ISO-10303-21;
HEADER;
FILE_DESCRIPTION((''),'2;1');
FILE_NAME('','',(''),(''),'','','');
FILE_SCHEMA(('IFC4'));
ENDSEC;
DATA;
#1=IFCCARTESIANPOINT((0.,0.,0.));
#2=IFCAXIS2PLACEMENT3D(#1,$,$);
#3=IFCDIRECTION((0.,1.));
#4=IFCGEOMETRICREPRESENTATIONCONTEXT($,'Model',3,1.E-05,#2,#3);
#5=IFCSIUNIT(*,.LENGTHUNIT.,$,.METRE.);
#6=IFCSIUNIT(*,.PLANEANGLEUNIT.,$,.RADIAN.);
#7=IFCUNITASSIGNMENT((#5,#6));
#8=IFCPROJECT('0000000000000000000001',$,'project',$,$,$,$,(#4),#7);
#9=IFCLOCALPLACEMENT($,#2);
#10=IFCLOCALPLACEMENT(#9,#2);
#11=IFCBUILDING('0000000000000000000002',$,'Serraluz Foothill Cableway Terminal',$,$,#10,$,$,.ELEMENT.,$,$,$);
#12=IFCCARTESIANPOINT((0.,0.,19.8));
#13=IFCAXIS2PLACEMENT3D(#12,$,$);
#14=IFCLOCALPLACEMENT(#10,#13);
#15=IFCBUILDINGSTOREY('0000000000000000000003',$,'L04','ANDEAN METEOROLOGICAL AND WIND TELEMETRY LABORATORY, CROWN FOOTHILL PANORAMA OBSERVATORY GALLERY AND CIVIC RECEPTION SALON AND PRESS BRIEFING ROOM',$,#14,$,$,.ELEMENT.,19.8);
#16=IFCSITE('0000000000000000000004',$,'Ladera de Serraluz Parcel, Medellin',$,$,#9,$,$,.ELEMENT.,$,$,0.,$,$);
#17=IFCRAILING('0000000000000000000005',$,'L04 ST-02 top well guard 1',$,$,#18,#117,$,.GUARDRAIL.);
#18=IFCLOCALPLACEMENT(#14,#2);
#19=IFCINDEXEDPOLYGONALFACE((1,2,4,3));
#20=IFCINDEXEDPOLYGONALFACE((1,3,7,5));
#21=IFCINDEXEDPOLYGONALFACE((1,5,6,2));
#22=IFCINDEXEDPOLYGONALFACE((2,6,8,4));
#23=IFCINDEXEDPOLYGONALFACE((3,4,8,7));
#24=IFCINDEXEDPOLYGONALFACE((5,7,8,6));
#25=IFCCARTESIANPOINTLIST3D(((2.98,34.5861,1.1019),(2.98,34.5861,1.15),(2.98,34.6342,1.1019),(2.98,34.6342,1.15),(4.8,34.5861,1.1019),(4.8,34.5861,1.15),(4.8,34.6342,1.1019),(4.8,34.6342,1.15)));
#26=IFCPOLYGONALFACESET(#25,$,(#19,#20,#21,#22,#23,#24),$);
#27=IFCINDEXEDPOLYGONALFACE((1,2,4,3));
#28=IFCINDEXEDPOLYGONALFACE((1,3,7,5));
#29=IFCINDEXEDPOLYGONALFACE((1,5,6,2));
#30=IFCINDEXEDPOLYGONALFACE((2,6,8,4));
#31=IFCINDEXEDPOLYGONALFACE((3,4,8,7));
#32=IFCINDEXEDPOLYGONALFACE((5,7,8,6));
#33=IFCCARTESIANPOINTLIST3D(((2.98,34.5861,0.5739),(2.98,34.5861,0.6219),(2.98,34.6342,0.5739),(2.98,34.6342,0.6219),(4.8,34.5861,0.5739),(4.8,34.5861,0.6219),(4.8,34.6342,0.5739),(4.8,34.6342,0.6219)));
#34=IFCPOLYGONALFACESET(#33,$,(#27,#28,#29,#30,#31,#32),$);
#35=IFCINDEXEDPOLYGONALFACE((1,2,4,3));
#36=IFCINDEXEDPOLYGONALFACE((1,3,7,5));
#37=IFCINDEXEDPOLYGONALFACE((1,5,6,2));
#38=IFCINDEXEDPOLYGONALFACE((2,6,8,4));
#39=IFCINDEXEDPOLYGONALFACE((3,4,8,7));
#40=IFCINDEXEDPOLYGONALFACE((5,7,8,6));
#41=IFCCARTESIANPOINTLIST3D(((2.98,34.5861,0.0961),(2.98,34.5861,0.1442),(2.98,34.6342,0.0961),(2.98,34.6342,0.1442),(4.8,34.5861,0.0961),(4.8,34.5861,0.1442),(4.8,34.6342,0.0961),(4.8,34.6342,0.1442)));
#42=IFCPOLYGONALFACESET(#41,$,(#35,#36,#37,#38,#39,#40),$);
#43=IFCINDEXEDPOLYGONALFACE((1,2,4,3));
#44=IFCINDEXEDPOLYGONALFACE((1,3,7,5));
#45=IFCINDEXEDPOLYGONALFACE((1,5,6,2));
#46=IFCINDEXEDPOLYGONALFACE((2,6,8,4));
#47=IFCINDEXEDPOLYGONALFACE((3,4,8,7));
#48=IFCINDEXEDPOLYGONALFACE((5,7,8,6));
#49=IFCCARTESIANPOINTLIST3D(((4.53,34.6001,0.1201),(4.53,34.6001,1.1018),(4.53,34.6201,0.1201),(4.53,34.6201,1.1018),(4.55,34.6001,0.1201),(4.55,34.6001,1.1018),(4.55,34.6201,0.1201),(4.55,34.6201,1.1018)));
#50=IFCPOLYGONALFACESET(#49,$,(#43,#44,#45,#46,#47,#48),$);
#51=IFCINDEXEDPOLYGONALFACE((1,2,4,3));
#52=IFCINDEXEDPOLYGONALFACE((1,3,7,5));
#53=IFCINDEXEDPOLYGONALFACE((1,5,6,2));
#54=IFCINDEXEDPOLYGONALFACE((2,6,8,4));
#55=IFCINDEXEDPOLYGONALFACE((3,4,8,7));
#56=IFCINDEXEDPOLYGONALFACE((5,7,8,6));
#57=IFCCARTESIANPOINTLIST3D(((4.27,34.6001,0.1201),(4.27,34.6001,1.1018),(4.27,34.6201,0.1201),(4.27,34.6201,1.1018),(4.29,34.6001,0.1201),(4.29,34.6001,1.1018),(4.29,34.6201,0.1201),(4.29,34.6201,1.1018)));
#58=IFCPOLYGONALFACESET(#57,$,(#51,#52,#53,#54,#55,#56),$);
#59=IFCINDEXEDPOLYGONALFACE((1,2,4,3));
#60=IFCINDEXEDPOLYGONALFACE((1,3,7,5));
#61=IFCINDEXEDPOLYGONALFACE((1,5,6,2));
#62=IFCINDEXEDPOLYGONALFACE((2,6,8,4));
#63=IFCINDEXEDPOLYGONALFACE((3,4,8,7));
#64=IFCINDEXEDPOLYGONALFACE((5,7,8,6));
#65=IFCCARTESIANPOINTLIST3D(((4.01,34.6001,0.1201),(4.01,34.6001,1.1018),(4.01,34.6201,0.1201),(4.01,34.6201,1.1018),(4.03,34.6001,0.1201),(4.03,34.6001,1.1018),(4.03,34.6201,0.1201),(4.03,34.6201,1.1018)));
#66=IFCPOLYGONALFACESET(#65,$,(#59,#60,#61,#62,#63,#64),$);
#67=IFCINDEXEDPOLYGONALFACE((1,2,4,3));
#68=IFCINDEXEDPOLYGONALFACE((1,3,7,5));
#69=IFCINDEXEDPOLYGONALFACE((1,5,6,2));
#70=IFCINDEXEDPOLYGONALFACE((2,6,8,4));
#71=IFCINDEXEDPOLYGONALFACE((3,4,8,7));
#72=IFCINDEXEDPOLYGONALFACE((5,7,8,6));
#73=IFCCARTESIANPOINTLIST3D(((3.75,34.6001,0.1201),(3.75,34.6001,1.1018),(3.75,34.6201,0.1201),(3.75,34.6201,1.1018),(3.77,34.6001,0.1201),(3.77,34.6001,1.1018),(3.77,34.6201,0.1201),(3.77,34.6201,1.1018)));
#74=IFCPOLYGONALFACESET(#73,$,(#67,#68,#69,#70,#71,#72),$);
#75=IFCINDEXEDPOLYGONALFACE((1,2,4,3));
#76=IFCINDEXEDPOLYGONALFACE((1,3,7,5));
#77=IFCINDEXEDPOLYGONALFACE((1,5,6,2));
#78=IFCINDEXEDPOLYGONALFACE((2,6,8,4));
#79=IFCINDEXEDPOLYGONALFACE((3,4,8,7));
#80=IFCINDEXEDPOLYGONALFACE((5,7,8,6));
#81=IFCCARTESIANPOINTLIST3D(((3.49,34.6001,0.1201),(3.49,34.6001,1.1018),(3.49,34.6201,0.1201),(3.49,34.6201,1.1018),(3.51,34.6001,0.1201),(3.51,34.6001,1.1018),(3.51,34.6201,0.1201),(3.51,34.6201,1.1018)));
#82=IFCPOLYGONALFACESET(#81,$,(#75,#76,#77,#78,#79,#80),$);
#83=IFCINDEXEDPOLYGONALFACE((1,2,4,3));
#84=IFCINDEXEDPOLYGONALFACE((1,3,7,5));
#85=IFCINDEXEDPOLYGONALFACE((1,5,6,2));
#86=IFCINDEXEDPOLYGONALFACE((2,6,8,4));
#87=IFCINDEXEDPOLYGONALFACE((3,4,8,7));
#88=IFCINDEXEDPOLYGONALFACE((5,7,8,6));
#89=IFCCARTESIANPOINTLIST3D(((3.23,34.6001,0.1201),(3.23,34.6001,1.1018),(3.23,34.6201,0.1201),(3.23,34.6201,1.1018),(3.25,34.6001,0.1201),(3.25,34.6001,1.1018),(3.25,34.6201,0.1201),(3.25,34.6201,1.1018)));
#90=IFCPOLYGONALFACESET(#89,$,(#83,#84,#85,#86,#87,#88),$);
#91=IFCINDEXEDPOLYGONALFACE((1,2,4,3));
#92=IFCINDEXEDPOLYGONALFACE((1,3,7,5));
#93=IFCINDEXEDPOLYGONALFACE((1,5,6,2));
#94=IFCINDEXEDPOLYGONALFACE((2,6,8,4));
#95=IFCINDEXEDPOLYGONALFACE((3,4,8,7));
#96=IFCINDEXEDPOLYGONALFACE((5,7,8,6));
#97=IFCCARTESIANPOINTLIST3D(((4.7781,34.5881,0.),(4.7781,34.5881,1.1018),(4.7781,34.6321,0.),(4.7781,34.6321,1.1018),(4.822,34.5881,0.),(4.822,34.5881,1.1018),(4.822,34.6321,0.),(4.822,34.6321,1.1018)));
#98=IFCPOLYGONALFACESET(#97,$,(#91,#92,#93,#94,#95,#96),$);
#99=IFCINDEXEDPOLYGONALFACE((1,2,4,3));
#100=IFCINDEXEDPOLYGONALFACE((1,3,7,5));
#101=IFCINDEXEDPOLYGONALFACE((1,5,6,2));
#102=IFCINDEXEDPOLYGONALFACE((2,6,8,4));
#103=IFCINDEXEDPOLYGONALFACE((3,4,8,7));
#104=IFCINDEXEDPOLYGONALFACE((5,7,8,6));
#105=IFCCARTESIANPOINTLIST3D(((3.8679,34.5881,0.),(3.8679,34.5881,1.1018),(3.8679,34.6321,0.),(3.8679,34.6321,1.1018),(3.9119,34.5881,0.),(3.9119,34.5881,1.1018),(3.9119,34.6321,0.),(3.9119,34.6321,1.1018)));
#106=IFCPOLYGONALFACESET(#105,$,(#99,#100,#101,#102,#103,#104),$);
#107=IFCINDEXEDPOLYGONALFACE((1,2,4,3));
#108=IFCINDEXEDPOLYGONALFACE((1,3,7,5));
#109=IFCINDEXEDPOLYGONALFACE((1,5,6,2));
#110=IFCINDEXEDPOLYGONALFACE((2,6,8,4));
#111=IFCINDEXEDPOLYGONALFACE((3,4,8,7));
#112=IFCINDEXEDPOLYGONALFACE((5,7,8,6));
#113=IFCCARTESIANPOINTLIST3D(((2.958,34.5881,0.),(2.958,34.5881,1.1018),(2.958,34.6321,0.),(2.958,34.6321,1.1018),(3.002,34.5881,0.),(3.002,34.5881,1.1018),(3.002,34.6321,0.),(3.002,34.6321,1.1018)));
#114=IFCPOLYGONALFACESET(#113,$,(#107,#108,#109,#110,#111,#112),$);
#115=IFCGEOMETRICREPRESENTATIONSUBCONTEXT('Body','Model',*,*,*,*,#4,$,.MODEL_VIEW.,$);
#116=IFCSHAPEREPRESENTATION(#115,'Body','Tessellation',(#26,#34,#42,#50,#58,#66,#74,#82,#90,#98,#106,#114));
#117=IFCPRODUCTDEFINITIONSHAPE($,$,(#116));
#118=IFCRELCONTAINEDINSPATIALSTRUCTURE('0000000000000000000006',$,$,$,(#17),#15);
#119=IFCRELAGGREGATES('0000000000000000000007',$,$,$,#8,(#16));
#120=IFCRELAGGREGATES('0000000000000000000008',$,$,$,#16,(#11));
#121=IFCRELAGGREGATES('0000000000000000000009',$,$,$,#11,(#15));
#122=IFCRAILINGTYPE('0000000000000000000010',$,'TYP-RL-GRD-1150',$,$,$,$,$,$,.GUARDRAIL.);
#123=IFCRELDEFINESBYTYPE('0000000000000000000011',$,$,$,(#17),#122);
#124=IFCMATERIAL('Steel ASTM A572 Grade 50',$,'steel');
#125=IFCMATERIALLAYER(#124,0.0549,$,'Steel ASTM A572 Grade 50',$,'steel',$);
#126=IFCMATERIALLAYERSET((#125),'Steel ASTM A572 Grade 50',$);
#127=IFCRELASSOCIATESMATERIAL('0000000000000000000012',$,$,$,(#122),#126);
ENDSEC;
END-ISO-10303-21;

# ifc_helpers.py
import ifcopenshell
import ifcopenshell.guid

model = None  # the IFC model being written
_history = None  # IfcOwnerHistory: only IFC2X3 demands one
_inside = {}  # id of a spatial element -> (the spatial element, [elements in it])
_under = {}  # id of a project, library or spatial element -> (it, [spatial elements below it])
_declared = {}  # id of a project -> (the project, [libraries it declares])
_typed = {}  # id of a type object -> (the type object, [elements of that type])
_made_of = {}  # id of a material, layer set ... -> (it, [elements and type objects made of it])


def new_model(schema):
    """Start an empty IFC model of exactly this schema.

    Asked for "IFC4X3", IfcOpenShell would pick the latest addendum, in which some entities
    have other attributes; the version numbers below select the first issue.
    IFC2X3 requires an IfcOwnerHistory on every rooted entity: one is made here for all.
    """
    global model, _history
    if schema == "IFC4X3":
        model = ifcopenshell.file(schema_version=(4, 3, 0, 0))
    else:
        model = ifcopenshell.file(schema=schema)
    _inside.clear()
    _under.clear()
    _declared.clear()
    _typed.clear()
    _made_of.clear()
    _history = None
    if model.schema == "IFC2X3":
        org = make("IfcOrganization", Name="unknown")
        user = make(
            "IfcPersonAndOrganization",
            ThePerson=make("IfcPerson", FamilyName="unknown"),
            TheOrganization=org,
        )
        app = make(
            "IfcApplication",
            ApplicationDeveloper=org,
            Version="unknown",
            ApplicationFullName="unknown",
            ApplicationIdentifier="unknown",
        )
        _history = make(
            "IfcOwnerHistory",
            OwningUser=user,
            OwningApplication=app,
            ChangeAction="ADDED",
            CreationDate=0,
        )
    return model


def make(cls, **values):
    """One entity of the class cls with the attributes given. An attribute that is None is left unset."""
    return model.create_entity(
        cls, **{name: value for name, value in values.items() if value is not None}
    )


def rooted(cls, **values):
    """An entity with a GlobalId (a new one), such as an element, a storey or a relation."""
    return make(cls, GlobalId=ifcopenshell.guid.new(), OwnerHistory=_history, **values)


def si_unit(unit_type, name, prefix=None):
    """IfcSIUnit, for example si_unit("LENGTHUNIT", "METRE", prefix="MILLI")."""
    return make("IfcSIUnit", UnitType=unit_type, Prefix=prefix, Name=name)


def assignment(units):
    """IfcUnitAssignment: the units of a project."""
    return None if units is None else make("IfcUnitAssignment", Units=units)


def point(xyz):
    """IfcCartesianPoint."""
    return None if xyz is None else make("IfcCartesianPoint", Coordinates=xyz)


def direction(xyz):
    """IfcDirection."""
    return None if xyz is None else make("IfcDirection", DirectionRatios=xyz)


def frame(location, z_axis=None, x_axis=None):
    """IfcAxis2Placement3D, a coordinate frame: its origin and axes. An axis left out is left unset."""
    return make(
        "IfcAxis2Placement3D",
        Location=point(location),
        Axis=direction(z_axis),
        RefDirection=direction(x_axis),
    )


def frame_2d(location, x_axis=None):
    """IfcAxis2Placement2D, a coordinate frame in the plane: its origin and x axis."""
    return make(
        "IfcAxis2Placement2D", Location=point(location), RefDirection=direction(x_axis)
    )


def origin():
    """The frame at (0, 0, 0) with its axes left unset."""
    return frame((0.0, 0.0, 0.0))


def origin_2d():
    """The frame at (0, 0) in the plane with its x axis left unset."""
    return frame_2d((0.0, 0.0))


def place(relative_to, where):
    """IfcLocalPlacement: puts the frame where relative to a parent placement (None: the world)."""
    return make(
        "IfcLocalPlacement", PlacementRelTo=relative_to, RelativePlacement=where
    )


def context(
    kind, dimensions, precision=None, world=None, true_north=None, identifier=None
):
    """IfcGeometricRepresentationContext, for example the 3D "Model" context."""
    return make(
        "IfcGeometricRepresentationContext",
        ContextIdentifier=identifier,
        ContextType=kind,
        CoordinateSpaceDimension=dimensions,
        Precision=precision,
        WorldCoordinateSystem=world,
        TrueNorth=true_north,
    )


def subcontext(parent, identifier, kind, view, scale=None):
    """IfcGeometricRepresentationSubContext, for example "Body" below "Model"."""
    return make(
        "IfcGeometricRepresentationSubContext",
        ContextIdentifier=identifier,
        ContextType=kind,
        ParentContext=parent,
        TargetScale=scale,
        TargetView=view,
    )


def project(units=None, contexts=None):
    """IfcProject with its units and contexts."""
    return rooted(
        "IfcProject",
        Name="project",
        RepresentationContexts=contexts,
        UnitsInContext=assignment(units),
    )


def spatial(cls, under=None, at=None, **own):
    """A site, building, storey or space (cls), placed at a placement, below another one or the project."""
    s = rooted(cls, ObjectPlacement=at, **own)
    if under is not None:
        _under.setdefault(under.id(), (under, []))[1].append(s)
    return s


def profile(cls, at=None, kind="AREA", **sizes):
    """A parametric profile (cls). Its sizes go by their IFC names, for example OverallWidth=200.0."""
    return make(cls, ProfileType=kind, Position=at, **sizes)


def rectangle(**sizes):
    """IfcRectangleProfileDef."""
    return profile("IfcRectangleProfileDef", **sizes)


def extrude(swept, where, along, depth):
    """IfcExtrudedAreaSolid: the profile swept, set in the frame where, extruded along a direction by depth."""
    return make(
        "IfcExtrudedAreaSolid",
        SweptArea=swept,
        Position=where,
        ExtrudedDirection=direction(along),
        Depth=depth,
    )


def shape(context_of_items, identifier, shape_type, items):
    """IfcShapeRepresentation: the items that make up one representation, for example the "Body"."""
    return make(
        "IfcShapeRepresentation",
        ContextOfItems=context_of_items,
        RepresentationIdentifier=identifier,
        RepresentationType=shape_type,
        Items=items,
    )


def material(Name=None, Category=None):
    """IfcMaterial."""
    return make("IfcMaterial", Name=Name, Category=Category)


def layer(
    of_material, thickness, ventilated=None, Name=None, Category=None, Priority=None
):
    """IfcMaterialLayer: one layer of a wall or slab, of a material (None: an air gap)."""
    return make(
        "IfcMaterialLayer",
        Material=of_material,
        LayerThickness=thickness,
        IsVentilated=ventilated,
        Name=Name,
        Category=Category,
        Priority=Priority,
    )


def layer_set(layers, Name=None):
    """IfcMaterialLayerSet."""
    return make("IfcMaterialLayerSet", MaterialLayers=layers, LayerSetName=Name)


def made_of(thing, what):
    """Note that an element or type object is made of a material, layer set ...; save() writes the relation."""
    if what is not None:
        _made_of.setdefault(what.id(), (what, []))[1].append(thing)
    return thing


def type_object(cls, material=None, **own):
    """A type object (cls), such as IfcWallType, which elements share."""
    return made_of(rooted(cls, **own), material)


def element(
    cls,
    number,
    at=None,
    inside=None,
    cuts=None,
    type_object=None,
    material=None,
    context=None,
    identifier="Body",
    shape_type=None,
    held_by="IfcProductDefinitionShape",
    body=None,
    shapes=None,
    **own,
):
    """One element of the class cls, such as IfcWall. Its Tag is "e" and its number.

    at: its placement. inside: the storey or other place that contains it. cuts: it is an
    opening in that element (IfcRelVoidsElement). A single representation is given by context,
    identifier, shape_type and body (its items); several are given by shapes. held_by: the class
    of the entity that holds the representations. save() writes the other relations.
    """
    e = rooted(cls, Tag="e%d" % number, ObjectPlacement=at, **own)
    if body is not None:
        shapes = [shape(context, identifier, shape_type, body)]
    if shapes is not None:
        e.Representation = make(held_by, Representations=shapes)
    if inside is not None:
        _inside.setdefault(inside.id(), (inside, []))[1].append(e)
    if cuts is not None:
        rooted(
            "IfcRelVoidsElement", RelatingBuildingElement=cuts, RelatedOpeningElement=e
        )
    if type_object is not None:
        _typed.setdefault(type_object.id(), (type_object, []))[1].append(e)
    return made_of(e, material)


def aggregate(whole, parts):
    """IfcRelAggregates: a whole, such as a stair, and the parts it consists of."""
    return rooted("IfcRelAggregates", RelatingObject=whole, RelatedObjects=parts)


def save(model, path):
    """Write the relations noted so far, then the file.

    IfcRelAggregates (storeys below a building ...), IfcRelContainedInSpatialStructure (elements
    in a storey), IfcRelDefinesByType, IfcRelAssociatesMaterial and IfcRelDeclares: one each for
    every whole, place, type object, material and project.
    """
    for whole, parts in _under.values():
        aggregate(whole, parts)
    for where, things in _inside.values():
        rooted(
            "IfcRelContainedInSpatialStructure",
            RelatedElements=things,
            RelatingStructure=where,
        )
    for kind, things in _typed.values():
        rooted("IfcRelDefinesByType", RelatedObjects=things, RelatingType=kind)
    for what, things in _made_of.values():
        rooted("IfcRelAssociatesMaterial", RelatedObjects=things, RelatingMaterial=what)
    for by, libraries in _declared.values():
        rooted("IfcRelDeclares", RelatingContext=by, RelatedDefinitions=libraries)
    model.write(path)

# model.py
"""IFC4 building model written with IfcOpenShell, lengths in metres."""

from ifc_helpers import new_model, si_unit, direction, frame, origin, origin_2d, place, context, subcontext, project, spatial, rectangle, extrude, material, layer, layer_set, type_object, element, save


model = new_model("IFC4")

# Units and contexts
model_context = context("Model", 3, precision=1e-05, world=origin(), true_north=direction((0.0, 1.0)))
body_context = subcontext(model_context, "Body", "Model", "MODEL_VIEW")
ifc_project = project(units=[si_unit("LENGTHUNIT", "METRE"), si_unit("PLANEANGLEUNIT", "RADIAN")], contexts=[model_context])

# Site, building, storey
site_placement = place(None, origin())
site = spatial("IfcSite", under=ifc_project, at=site_placement, Name="Ladera de Serraluz Parcel, Medellin", CompositionType="ELEMENT", RefElevation=0.0)
building_placement = place(site_placement, origin())
building = spatial("IfcBuilding", under=site, at=building_placement, Name="Serraluz Foothill Cableway Terminal", CompositionType="ELEMENT")
storey_placement = place(building_placement, frame((0.0, 0.0, 19.8)))
storey = spatial("IfcBuildingStorey", under=building, at=storey_placement, Name="L04", Description="ANDEAN METEOROLOGICAL AND WIND TELEMETRY LABORATORY, CROWN FOOTHILL PANORAMA OBSERVATORY GALLERY AND CIVIC RECEPTION SALON AND PRESS BRIEFING ROOM", CompositionType="ELEMENT", Elevation=19.8)

# Shared definitions
ifc_material_1 = material(Name="Steel ASTM A572 Grade 50", Category="steel")

# Railing
ifc_layer_1 = layer(ifc_material_1, 0.0549, Name="Steel ASTM A572 Grade 50", Category="steel")
ifc_layer_set_1 = layer_set([ifc_layer_1], Name="Steel ASTM A572 Grade 50")
railing_type = type_object("IfcRailingType", Name="TYP-RL-GRD-1150", PredefinedType="GUARDRAIL", material=ifc_layer_set_1)
railing_placement = place(storey_placement, frame((4.8, 34.6101, 0.0)))
element("IfcRailing", 1, at=railing_placement, inside=storey, type_object=railing_type, Name="L04 ST-02 top well guard 1", PredefinedType="GUARDRAIL", context=body_context, shape_type="SweptSolid", body=[
    extrude(rectangle(XDim=0.0481, YDim=0.0481, at=origin_2d()), frame((0.0, 0.0, 1.126), z_axis=(-1.0, 0.0, 0.0), x_axis=(0.0, -1.0, 0.0)), (0.0, 0.0, 1.0), 1.8201),
    extrude(rectangle(XDim=0.0481, YDim=0.0481, at=origin_2d()), frame((0.0, 0.0, 0.5979), z_axis=(-1.0, 0.0, 0.0), x_axis=(0.0, -1.0, 0.0)), (0.0, 0.0, 1.0), 1.8201),
    extrude(rectangle(XDim=0.0481, YDim=0.0481, at=origin_2d()), frame((0.0, 0.0, 0.1201), z_axis=(-1.0, 0.0, 0.0), x_axis=(0.0, -1.0, 0.0)), (0.0, 0.0, 1.0), 1.8201),
    extrude(rectangle(XDim=0.02, YDim=0.02, at=origin_2d()), frame((-0.26, 0.0, 0.1201)), (0.0, 0.0, 1.0), 0.9817),
    extrude(rectangle(XDim=0.02, YDim=0.02, at=origin_2d()), frame((-0.52, 0.0, 0.1201)), (0.0, 0.0, 1.0), 0.9817),
    extrude(rectangle(XDim=0.02, YDim=0.02, at=origin_2d()), frame((-0.78, 0.0, 0.1201)), (0.0, 0.0, 1.0), 0.9817),
    extrude(rectangle(XDim=0.02, YDim=0.02, at=origin_2d()), frame((-1.04, 0.0, 0.1201)), (0.0, 0.0, 1.0), 0.9817),
    extrude(rectangle(XDim=0.02, YDim=0.02, at=origin_2d()), frame((-1.3, 0.0, 0.1201)), (0.0, 0.0, 1.0), 0.9817),
    extrude(rectangle(XDim=0.02, YDim=0.02, at=origin_2d()), frame((-1.5601, 0.0, 0.1201)), (0.0, 0.0, 1.0), 0.9817),
    extrude(rectangle(XDim=0.0439, YDim=0.0439, at=origin_2d()), origin(), (0.0, 0.0, 1.0), 1.1018),
    extrude(rectangle(XDim=0.0439, YDim=0.0439, at=origin_2d()), frame((-0.9102, 0.0, 0.0)), (0.0, 0.0, 1.0), 1.1018),
    extrude(rectangle(XDim=0.0439, YDim=0.0439, at=origin_2d()), frame((-1.8201, 0.0, 0.0)), (0.0, 0.0, 1.0), 1.1018),
])

save(model, "model.ifc")
